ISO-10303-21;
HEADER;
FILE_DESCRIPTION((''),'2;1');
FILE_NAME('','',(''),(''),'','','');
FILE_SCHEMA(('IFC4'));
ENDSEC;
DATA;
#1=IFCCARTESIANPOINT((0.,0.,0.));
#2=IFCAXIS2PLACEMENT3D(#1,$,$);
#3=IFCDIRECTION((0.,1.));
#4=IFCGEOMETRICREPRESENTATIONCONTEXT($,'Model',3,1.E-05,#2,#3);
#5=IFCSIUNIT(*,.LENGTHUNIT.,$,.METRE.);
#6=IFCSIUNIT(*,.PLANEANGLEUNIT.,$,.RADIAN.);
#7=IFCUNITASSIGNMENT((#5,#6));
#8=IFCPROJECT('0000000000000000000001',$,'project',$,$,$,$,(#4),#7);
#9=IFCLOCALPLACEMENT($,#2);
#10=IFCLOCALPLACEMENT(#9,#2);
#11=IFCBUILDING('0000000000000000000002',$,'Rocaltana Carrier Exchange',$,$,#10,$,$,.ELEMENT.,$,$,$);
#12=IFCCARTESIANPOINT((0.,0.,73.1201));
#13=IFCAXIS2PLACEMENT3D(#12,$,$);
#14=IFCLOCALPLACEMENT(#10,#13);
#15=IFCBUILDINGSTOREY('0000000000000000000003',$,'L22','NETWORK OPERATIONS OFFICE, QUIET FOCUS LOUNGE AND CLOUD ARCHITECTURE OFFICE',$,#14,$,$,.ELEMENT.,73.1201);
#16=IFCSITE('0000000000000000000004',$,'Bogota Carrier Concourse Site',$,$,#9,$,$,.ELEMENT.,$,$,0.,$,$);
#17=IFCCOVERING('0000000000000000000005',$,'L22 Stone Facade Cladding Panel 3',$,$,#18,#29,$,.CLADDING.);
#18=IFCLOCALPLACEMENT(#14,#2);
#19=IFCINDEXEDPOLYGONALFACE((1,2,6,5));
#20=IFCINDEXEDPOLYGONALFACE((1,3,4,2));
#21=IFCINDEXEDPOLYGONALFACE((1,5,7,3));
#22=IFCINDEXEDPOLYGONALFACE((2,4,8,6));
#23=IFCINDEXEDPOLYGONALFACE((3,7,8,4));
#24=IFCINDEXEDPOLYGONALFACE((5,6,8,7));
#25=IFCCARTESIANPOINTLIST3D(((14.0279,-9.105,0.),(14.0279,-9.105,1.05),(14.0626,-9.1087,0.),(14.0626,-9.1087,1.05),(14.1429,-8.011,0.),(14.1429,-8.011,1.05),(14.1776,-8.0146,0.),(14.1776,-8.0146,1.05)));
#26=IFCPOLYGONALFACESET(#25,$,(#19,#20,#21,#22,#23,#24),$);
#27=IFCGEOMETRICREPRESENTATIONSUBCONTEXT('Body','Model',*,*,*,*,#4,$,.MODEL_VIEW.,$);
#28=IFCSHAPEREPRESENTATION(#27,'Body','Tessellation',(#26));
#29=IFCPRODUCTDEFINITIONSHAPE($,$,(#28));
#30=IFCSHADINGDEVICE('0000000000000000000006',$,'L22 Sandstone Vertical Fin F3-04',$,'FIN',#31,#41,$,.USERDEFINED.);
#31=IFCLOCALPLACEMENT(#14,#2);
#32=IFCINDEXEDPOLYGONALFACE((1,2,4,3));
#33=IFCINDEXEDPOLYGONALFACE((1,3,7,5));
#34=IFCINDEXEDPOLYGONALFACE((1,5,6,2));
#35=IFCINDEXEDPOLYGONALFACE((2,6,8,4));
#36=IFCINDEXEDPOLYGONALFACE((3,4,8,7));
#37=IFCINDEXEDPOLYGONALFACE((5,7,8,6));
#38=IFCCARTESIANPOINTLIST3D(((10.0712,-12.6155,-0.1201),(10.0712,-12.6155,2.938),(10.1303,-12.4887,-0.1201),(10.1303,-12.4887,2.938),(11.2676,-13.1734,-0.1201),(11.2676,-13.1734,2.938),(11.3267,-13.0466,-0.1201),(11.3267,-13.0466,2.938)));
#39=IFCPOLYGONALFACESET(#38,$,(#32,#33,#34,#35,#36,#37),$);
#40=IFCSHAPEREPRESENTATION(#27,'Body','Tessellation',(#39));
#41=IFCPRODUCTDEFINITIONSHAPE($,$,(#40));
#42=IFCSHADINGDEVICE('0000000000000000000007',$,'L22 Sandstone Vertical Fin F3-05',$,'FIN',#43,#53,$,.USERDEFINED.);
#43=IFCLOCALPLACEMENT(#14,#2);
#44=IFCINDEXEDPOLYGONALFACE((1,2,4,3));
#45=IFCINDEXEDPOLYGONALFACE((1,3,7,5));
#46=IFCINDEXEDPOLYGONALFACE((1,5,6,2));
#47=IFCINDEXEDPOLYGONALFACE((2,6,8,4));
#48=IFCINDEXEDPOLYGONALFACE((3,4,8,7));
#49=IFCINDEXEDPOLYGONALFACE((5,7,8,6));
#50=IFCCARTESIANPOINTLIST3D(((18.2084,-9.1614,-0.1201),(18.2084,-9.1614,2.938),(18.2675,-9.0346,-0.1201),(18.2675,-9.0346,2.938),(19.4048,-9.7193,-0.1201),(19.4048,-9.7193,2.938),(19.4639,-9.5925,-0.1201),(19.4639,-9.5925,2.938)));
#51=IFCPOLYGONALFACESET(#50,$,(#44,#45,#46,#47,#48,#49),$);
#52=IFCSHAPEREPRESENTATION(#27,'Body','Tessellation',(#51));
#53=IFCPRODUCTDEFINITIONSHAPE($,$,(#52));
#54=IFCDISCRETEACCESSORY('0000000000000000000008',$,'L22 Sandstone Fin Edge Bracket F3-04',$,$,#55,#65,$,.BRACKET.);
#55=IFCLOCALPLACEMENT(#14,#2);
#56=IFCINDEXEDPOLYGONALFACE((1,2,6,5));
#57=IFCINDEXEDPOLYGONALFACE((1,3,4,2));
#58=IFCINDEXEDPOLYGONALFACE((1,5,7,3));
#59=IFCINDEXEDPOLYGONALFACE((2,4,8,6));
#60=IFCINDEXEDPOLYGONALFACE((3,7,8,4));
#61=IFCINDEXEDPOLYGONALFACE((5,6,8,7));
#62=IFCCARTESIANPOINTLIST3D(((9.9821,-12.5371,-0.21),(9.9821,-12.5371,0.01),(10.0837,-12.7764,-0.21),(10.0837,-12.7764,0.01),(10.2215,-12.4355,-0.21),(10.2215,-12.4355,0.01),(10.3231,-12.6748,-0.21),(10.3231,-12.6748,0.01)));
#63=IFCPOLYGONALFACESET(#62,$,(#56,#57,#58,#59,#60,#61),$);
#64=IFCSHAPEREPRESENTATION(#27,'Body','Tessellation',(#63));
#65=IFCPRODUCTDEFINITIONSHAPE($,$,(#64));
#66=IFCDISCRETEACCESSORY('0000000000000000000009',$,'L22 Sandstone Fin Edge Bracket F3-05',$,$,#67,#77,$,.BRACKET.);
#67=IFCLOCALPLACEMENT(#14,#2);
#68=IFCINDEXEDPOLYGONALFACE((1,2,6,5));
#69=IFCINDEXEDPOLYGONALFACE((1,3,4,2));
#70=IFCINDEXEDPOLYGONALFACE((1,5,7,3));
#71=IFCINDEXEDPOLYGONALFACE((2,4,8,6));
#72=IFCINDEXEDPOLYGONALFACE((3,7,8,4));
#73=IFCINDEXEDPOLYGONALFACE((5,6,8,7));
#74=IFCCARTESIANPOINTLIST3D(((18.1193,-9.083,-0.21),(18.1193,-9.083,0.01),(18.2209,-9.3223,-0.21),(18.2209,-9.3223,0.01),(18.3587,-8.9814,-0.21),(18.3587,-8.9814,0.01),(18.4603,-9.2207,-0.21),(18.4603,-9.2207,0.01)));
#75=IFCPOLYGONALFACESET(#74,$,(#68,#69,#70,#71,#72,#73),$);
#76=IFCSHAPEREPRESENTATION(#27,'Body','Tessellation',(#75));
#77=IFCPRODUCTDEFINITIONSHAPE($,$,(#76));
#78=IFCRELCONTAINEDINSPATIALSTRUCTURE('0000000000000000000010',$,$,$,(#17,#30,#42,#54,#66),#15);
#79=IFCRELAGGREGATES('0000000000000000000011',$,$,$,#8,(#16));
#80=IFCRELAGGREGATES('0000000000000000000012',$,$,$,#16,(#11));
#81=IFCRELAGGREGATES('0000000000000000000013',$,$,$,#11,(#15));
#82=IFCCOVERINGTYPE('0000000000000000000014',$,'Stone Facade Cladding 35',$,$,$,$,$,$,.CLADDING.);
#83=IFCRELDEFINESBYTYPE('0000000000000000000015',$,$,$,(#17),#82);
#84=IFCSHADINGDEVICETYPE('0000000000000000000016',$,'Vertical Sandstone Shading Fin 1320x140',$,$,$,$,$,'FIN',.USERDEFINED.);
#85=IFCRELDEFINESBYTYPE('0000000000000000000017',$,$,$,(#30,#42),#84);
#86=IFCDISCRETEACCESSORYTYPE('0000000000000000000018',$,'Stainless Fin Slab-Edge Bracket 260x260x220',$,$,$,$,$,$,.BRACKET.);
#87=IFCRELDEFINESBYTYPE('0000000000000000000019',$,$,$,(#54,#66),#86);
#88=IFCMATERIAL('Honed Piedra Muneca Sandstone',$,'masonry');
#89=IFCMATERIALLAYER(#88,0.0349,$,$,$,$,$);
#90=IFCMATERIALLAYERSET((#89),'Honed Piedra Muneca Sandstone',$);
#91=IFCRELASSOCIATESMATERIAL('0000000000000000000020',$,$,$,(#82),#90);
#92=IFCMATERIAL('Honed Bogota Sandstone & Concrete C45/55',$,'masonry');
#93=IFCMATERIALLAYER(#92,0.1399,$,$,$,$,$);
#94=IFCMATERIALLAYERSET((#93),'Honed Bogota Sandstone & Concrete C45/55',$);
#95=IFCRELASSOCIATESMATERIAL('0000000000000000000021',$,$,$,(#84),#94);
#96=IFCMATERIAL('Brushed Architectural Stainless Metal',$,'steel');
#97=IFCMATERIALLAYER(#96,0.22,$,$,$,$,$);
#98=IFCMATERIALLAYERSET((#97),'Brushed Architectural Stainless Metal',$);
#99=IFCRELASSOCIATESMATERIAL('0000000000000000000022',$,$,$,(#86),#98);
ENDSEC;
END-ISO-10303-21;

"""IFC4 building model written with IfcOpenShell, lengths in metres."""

from ifc_helpers import new_model, si_unit, direction, frame, origin, origin_2d, place, context, subcontext, project, spatial, rectangle, extrude, material, layer, layer_set, type_object, element, save


model = new_model("IFC4")

# Units and contexts
model_context = context("Model", 3, precision=1e-05, world=origin(), true_north=direction((0.0, 1.0)))
body_context = subcontext(model_context, "Body", "Model", "MODEL_VIEW")
ifc_project = project(units=[si_unit("LENGTHUNIT", "METRE"), si_unit("PLANEANGLEUNIT", "RADIAN")], contexts=[model_context])

# Site, building, storey
site_placement = place(None, origin())
site = spatial("IfcSite", under=ifc_project, at=site_placement, Name="Bogota Carrier Concourse Site", CompositionType="ELEMENT", RefElevation=0.0)
building_placement = place(site_placement, origin())
building = spatial("IfcBuilding", under=site, at=building_placement, Name="Rocaltana Carrier Exchange", CompositionType="ELEMENT")
storey_placement = place(building_placement, frame((0.0, 0.0, 73.1201)))
storey = spatial("IfcBuildingStorey", under=building, at=storey_placement, Name="L22", Description="NETWORK OPERATIONS OFFICE, QUIET FOCUS LOUNGE AND CLOUD ARCHITECTURE OFFICE", CompositionType="ELEMENT", Elevation=73.1201)

# Covering
ifc_material_1 = material(Name="Honed Piedra Muneca Sandstone", Category="masonry")
ifc_layer_1 = layer(ifc_material_1, 0.0349)
ifc_layer_set_1 = layer_set([ifc_layer_1], Name="Honed Piedra Muneca Sandstone")
covering_type = type_object("IfcCoveringType", Name="Stone Facade Cladding 35", PredefinedType="CLADDING", material=ifc_layer_set_1)
covering_placement = place(storey_placement, frame((14.1028, -8.5598, 0.0), z_axis=(0.0, 0.0, 1.0), x_axis=(0.104528, 0.994522, 0.0)))
element("IfcCovering", 1, at=covering_placement, inside=storey, type_object=covering_type, Name="L22 Stone Facade Cladding Panel 3", PredefinedType="CLADDING", context=body_context, shape_type="SweptSolid", body=[
    extrude(rectangle(XDim=1.1001, YDim=0.0349, at=origin_2d()), origin(), (0.0, 0.0, 1.0), 1.05),
])

# Shading devices
ifc_material_2 = material(Name="Honed Bogota Sandstone & Concrete C45/55", Category="masonry")
ifc_layer_2 = layer(ifc_material_2, 0.1399)
ifc_layer_set_2 = layer_set([ifc_layer_2], Name="Honed Bogota Sandstone & Concrete C45/55")
shading_device_type = type_object("IfcShadingDeviceType", Name="Vertical Sandstone Shading Fin 1320x140", ElementType="FIN", PredefinedType="USERDEFINED", material=ifc_layer_set_2)
for number, where, z_axis, x_axis, name in (
    (2, (10.699, -12.8311, -0.1201), (0.0, 0.0, 1.0), (0.906308, -0.422618, 0.0), "L22 Sandstone Vertical Fin F3-04"),
    (3, (18.8362, -9.377, -0.1201), (0.0, 0.0, 1.0), (0.906308, -0.422618, 0.0), "L22 Sandstone Vertical Fin F3-05"),
):
    element("IfcShadingDevice", number, at=place(storey_placement, frame(where, z_axis=z_axis, x_axis=x_axis)), inside=storey, type_object=shading_device_type, Name=name, ObjectType="FIN", PredefinedType="USERDEFINED", context=body_context, shape_type="SweptSolid", body=[
        extrude(rectangle(XDim=1.3201, YDim=0.1399, at=origin_2d()), origin(), (0.0, 0.0, 1.0), 3.0581),
    ])

# Discrete accessories
ifc_material_3 = material(Name="Brushed Architectural Stainless Metal", Category="steel")
ifc_layer_3 = layer(ifc_material_3, 0.22)
ifc_layer_set_3 = layer_set([ifc_layer_3], Name="Brushed Architectural Stainless Metal")
discrete_accessory_type = type_object("IfcDiscreteAccessoryType", Name="Stainless Fin Slab-Edge Bracket 260x260x220", PredefinedType="BRACKET", material=ifc_layer_set_3)
for number, where, z_axis, x_axis, name in (
    (4, (10.1526, -12.606, -0.21), (0.0, 0.0, 1.0), (0.920505, 0.390731, 0.0), "L22 Sandstone Fin Edge Bracket F3-04"),
    (5, (18.2898, -9.1519, -0.21), (0.0, 0.0, 1.0), (0.920505, 0.390731, 0.0), "L22 Sandstone Fin Edge Bracket F3-05"),
):
    element("IfcDiscreteAccessory", number, at=place(storey_placement, frame(where, z_axis=z_axis, x_axis=x_axis)), inside=storey, type_object=discrete_accessory_type, Name=name, PredefinedType="BRACKET", context=body_context, shape_type="SweptSolid", body=[
        extrude(rectangle(XDim=0.26, YDim=0.26, at=origin_2d()), origin(), (0.0, 0.0, 1.0), 0.22),
    ])

save(model, "model.ifc")
